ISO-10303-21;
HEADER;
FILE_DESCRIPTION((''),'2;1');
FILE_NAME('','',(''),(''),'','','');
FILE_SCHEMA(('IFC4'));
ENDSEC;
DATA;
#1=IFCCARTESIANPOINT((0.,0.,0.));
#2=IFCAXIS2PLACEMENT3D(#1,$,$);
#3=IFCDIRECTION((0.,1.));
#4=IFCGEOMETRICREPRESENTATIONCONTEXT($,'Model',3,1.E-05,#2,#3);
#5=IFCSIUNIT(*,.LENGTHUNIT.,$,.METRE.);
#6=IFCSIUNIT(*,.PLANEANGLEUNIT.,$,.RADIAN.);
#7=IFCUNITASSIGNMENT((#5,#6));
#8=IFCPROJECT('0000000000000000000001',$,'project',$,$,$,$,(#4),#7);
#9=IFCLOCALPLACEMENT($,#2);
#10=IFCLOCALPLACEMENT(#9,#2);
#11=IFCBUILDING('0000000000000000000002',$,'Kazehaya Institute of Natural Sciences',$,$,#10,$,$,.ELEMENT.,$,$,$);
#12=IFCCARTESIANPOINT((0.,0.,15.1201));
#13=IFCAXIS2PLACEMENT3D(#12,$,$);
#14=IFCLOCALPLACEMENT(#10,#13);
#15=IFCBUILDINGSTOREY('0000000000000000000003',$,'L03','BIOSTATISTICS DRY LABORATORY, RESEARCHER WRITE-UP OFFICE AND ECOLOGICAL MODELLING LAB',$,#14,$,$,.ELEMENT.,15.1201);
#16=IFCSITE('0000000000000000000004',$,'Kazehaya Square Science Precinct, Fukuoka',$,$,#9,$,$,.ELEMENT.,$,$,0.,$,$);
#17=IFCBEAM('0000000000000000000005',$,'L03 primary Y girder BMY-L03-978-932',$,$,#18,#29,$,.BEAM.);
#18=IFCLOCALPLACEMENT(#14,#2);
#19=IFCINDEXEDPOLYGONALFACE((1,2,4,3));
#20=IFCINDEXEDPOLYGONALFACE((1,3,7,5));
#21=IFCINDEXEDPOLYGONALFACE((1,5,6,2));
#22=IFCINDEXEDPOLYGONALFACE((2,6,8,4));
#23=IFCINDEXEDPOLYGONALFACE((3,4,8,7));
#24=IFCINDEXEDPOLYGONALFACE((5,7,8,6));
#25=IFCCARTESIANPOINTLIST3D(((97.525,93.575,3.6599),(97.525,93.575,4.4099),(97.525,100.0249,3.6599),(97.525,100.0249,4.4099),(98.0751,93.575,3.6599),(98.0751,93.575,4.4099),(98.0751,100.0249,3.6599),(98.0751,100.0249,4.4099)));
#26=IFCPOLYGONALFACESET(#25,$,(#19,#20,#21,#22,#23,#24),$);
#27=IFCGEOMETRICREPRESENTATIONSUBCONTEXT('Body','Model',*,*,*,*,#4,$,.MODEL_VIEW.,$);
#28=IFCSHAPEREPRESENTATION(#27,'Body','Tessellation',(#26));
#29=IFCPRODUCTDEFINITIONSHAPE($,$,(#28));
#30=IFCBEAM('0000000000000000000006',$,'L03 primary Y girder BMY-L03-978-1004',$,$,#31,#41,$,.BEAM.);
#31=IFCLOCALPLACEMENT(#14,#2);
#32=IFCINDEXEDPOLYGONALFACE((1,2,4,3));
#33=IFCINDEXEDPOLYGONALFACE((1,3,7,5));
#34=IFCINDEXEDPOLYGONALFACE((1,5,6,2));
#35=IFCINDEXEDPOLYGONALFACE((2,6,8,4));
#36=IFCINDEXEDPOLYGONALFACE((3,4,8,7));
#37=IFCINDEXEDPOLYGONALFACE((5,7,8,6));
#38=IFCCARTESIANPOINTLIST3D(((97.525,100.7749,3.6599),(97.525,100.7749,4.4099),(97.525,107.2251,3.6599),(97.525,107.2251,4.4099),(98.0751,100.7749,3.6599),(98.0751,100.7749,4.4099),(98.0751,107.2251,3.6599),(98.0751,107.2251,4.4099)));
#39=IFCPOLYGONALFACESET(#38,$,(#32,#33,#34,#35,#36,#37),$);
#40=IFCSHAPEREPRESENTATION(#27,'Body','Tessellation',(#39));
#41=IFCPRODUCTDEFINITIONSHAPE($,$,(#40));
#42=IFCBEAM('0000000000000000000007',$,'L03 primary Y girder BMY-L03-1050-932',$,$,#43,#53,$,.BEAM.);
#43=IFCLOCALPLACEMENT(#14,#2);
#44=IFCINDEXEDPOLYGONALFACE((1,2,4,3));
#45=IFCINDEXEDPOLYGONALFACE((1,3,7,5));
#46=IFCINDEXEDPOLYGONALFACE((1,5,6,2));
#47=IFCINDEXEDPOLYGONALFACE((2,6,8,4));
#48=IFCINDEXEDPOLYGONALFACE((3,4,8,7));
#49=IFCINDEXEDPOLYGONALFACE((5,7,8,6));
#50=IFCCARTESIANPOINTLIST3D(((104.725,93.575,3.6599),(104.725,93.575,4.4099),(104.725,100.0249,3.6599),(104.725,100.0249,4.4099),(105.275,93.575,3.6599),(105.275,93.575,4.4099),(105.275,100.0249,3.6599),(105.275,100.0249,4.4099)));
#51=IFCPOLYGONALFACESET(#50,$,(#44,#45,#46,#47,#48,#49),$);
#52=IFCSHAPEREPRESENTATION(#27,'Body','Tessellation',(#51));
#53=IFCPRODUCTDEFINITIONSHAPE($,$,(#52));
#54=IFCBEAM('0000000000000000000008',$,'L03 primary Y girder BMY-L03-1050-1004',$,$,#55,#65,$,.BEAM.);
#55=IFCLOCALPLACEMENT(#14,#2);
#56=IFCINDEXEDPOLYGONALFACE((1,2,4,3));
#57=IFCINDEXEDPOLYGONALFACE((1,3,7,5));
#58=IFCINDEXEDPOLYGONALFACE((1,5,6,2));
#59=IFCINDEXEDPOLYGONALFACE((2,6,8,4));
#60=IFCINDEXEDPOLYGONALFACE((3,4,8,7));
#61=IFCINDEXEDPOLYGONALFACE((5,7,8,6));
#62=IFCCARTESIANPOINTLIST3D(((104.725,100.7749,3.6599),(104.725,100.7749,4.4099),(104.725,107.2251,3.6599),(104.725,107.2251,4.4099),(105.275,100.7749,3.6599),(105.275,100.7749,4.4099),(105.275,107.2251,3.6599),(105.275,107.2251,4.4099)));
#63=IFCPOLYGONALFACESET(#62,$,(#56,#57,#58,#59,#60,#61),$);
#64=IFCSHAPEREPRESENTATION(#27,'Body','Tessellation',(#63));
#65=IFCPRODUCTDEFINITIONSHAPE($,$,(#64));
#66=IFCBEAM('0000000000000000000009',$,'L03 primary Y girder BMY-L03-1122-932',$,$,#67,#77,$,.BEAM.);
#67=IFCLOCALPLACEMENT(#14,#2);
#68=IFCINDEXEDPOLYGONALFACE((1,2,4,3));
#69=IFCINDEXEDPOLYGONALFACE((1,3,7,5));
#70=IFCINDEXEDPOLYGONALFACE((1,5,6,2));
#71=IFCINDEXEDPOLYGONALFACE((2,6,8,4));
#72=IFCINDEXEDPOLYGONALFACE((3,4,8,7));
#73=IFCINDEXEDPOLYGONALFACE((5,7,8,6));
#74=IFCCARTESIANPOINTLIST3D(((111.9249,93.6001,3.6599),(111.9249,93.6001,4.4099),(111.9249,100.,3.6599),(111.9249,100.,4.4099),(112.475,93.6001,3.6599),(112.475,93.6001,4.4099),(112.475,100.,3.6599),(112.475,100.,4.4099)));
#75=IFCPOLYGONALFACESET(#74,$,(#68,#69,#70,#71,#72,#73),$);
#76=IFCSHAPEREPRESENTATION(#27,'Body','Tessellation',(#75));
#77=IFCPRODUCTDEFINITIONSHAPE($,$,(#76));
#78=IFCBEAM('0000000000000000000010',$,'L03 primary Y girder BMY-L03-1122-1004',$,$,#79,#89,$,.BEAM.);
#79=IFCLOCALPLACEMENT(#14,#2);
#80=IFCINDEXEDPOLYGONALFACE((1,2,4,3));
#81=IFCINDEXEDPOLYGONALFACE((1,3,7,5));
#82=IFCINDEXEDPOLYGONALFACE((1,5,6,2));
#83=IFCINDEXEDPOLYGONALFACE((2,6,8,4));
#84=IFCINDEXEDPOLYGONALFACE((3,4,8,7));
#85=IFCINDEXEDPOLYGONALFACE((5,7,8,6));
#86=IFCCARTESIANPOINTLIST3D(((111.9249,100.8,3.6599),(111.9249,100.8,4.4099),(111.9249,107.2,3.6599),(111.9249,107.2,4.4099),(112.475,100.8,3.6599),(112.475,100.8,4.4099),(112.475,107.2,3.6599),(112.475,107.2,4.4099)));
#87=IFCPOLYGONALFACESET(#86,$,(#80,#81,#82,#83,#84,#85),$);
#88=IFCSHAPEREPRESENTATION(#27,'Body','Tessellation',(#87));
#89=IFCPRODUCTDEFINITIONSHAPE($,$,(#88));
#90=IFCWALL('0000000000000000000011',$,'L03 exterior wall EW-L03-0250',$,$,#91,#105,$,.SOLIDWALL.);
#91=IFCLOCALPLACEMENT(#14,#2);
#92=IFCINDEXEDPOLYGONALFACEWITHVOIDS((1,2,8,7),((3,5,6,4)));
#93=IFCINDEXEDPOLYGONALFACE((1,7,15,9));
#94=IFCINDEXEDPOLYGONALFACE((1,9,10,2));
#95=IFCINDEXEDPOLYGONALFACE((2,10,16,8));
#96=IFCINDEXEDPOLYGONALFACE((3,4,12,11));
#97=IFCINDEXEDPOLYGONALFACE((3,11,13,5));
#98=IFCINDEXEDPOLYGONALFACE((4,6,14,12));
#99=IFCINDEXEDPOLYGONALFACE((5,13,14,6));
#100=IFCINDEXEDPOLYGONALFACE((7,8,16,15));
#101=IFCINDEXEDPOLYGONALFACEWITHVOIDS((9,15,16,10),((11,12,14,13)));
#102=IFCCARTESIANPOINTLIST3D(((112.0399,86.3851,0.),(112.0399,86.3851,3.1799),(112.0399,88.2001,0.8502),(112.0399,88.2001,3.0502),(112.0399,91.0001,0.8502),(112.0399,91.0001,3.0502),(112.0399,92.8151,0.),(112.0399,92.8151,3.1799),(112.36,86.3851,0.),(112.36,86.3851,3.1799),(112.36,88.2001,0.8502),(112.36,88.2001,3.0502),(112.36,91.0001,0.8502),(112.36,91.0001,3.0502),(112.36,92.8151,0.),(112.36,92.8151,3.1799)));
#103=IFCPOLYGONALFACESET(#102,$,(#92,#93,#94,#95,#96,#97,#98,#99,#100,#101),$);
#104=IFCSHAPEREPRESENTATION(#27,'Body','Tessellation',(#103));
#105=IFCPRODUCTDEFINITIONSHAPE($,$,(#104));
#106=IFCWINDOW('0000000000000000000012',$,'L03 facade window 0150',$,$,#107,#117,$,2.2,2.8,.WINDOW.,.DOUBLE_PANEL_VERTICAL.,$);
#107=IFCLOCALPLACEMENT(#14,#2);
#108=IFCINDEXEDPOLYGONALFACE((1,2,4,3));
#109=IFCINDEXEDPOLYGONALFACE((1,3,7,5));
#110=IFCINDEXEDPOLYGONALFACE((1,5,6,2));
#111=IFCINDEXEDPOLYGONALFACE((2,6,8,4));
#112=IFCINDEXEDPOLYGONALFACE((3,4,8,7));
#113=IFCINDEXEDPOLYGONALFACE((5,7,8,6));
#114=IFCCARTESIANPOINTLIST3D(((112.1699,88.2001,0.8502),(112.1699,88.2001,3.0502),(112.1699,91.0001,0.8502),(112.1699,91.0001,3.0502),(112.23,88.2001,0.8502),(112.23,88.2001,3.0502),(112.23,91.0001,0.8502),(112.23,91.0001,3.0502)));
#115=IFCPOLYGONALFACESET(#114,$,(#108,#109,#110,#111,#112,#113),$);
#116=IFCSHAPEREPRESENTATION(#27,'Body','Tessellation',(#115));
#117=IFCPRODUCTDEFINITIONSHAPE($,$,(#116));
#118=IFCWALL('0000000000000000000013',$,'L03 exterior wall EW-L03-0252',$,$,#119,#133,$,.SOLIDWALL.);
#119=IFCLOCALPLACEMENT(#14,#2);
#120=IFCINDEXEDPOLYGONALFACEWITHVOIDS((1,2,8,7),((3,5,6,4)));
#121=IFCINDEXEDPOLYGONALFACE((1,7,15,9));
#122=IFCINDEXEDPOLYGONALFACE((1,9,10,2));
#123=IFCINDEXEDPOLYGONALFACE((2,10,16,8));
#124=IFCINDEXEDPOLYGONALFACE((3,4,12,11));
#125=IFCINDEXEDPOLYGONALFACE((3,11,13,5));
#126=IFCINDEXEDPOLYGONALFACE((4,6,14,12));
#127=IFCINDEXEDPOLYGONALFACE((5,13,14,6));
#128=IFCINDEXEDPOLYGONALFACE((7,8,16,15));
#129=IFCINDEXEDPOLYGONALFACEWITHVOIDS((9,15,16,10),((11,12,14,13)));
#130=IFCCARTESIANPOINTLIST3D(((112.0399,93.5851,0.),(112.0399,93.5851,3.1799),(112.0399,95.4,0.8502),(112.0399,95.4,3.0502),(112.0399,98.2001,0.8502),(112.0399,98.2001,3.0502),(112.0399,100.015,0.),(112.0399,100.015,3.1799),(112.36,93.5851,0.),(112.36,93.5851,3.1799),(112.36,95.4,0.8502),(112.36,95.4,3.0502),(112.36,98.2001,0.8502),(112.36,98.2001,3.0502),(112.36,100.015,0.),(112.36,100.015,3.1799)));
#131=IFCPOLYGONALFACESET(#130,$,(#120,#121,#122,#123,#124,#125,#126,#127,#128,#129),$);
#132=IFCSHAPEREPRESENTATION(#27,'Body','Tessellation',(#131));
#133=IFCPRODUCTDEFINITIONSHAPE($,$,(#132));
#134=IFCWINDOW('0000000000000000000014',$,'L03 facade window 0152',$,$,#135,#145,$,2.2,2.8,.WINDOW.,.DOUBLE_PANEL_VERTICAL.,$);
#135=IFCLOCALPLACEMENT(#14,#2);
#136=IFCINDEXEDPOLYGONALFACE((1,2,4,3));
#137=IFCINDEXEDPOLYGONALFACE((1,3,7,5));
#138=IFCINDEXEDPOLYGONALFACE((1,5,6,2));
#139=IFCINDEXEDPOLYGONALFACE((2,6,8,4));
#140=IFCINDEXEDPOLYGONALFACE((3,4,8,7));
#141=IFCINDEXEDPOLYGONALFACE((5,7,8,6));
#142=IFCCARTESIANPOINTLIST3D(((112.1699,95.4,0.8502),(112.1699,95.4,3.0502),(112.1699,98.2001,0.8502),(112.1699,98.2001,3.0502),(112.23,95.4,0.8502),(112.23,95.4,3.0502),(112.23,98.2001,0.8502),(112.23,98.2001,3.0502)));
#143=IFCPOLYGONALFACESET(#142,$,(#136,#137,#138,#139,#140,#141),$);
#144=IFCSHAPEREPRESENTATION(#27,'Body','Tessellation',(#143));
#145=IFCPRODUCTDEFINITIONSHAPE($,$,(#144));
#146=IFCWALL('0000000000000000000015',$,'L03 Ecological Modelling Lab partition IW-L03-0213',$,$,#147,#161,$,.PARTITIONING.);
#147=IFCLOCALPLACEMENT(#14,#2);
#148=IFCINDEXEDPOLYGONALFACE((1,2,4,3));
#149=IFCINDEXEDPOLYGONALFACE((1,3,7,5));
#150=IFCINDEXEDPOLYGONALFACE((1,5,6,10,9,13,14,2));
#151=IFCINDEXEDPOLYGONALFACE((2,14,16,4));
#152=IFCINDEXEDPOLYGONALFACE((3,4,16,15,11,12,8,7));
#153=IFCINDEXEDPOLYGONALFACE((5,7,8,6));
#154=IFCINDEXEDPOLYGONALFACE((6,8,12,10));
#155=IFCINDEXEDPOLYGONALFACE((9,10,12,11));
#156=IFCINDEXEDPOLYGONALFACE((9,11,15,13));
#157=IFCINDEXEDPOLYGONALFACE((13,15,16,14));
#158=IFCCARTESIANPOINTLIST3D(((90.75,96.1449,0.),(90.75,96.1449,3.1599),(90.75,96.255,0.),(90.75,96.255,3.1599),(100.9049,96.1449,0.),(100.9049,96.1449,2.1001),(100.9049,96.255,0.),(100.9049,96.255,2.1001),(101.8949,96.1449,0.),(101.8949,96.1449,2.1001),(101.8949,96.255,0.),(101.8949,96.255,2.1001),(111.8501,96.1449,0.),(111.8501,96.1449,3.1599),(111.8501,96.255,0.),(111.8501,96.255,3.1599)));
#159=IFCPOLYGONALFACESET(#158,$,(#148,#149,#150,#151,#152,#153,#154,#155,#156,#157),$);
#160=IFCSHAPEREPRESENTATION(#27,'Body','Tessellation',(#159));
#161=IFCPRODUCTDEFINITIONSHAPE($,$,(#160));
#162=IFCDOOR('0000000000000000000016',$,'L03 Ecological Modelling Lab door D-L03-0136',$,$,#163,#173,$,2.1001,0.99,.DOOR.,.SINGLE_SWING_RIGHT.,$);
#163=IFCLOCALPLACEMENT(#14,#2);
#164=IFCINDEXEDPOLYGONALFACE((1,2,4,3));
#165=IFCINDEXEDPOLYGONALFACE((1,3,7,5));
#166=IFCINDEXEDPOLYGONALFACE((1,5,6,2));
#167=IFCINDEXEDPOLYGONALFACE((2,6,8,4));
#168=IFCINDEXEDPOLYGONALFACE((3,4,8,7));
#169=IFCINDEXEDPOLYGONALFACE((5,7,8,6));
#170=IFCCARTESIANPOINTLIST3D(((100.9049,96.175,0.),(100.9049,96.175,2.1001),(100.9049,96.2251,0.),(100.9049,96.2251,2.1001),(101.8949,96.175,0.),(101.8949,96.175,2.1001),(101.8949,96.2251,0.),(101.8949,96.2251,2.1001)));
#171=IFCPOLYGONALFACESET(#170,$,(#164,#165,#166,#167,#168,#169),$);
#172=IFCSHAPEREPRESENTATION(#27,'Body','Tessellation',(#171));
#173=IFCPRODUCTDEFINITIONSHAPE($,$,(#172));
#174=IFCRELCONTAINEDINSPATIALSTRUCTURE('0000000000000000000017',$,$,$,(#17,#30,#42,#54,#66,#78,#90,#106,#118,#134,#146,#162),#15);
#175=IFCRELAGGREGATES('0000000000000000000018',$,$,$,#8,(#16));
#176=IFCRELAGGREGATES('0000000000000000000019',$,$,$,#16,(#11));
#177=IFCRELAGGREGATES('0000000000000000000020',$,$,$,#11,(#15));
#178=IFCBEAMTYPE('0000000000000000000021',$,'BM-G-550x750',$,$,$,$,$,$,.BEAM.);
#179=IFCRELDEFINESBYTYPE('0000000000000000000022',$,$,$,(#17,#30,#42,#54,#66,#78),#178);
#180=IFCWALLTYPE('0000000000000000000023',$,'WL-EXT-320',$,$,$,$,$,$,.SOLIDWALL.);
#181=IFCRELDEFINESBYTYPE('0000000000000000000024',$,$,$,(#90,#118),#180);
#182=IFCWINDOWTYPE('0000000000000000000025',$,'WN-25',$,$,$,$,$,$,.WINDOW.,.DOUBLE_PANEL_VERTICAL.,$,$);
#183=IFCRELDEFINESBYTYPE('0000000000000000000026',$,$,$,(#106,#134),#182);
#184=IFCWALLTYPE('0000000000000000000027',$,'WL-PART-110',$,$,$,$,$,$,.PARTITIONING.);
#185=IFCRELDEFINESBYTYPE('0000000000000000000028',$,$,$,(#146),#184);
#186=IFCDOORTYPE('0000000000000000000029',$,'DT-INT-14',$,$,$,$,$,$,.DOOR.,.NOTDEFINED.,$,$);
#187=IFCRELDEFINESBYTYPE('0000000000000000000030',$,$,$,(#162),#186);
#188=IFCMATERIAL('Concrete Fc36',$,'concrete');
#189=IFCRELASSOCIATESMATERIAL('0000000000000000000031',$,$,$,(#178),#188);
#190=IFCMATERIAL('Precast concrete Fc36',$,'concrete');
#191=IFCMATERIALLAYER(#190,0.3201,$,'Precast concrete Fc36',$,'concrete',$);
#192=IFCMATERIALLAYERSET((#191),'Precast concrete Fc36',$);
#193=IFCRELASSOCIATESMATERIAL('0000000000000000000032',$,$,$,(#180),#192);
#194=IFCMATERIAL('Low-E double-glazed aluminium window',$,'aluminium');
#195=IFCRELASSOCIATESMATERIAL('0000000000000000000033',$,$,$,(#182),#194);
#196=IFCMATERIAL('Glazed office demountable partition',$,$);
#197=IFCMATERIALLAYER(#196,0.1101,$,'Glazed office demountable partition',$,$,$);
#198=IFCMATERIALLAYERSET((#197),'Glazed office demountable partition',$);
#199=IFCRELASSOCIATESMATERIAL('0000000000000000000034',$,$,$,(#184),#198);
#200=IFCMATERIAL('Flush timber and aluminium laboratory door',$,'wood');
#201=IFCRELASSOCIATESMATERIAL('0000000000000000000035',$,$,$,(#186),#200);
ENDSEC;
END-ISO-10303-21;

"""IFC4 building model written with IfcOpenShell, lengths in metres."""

from ifc_helpers import new_model, si_unit, direction, frame, frame_2d, origin, origin_2d, place, context, subcontext, project, spatial, rectangle, extrude, material, layer, layer_set, material_profile, profile_set, type_object, element, fill, save


model = new_model("IFC4")

# Units and contexts
model_context = context("Model", 3, precision=1e-05, world=origin(), true_north=direction((0.0, 1.0)))
body_context = subcontext(model_context, "Body", "Model", "MODEL_VIEW")
ifc_project = project(units=[si_unit("LENGTHUNIT", "METRE"), si_unit("PLANEANGLEUNIT", "RADIAN")], contexts=[model_context])

# Site, building, storey
site_placement = place(None, origin())
site = spatial("IfcSite", under=ifc_project, at=site_placement, Name="Kazehaya Square Science Precinct, Fukuoka", CompositionType="ELEMENT", RefElevation=0.0)
building_placement = place(site_placement, origin())
building = spatial("IfcBuilding", under=site, at=building_placement, Name="Kazehaya Institute of Natural Sciences", CompositionType="ELEMENT")
storey_placement = place(building_placement, frame((0.0, 0.0, 15.1201)))
storey = spatial("IfcBuildingStorey", under=building, at=storey_placement, Name="L03", Description="BIOSTATISTICS DRY LABORATORY, RESEARCHER WRITE-UP OFFICE AND ECOLOGICAL MODELLING LAB", CompositionType="ELEMENT", Elevation=15.1201)

# Beams
ifc_material_1 = material(Name="Concrete Fc36", Category="concrete")
ifc_material_profile_1 = material_profile(ifc_material_1, rectangle(XDim=0.55, YDim=0.75, at=origin_2d()), Name="RC-550x750")
ifc_profile_set_1 = profile_set([ifc_material_profile_1], Name="Concrete Fc36")
beam_type = type_object("IfcBeamType", Name="BM-G-550x750", PredefinedType="BEAM", material=ifc_profile_set_1)
beam_1_placement = place(storey_placement, frame((97.8, 93.575, 4.0349), z_axis=(0.0, 1.0, 0.0), x_axis=(-1.0, 0.0, 0.0)))
element("IfcBeam", 1, at=beam_1_placement, inside=storey, type_object=beam_type, Name="L03 primary Y girder BMY-L03-978-932", PredefinedType="BEAM", context=body_context, shape_type="SweptSolid", body=[
    extrude(rectangle(XDim=0.55, YDim=0.75, at=origin_2d()), origin(), (0.0, 0.0, 1.0), 6.45),
])
beam_2_placement = place(storey_placement, frame((97.8, 100.7749, 4.0349), z_axis=(0.0, 1.0, 0.0), x_axis=(-1.0, 0.0, 0.0)))
element("IfcBeam", 2, at=beam_2_placement, inside=storey, type_object=beam_type, Name="L03 primary Y girder BMY-L03-978-1004", PredefinedType="BEAM", context=body_context, shape_type="SweptSolid", body=[
    extrude(rectangle(XDim=0.55, YDim=0.75, at=origin_2d()), origin(), (0.0, 0.0, 1.0), 6.4502),
])
beam_3_placement = place(storey_placement, frame((105.0, 93.575, 4.0349), z_axis=(0.0, 1.0, 0.0), x_axis=(-1.0, 0.0, 0.0)))
element("IfcBeam", 3, at=beam_3_placement, inside=storey, type_object=beam_type, Name="L03 primary Y girder BMY-L03-1050-932", PredefinedType="BEAM", context=body_context, shape_type="SweptSolid", body=[
    extrude(rectangle(XDim=0.55, YDim=0.75, at=origin_2d()), origin(), (0.0, 0.0, 1.0), 6.45),
])
beam_4_placement = place(storey_placement, frame((105.0, 100.7749, 4.0349), z_axis=(0.0, 1.0, 0.0), x_axis=(-1.0, 0.0, 0.0)))
element("IfcBeam", 4, at=beam_4_placement, inside=storey, type_object=beam_type, Name="L03 primary Y girder BMY-L03-1050-1004", PredefinedType="BEAM", context=body_context, shape_type="SweptSolid", body=[
    extrude(rectangle(XDim=0.55, YDim=0.75, at=origin_2d()), origin(), (0.0, 0.0, 1.0), 6.4502),
])
for number, where, z_axis, x_axis, name in (
    (5, (112.2, 93.6001, 4.0349), (0.0, 1.0, 0.0), (-1.0, 0.0, 0.0), "L03 primary Y girder BMY-L03-1122-932"),
    (6, (112.2, 100.8, 4.0349), (0.0, 1.0, 0.0), (-1.0, 0.0, 0.0), "L03 primary Y girder BMY-L03-1122-1004"),
):
    element("IfcBeam", number, at=place(storey_placement, frame(where, z_axis=z_axis, x_axis=x_axis)), inside=storey, type_object=beam_type, Name=name, PredefinedType="BEAM", context=body_context, shape_type="SweptSolid", body=[
        extrude(rectangle(XDim=0.55, YDim=0.75, at=origin_2d()), origin(), (0.0, 0.0, 1.0), 6.3999),
    ])

# Walls, openings, windows
ifc_material_2 = material(Name="Precast concrete Fc36", Category="concrete")
ifc_layer_1 = layer(ifc_material_2, 0.3201, Name="Precast concrete Fc36", Category="concrete")
ifc_layer_set_1 = layer_set([ifc_layer_1], Name="Precast concrete Fc36")
wall_type_1 = type_object("IfcWallType", Name="WL-EXT-320", PredefinedType="SOLIDWALL", material=ifc_layer_set_1)
wall_1_placement = place(storey_placement, frame((112.2, 92.8149, 0.0), z_axis=(0.0, 0.0, 1.0), x_axis=(0.0, -1.0, 0.0)))
wall_1 = element("IfcWall", 7, at=wall_1_placement, inside=storey, type_object=wall_type_1, Name="L03 exterior wall EW-L03-0250", PredefinedType="SOLIDWALL", context=body_context, shape_type="SweptSolid", body=[
    extrude(rectangle(XDim=6.4299, YDim=0.3201, at=frame_2d((3.2148, 0.0))), origin(), (0.0, 0.0, 1.0), 3.1799),
])
opening_1_placement = place(wall_1_placement, frame((1.8149, 0.0, 0.8501)))
opening_1 = element("IfcOpeningElement", 8, at=opening_1_placement, cuts=wall_1, PredefinedType="OPENING", context=body_context, shape_type="SweptSolid", body=[
    extrude(rectangle(XDim=2.8, YDim=2.2, at=frame_2d((1.3999, 1.1001))), frame((0.0, 0.1699, 0.0), z_axis=(0.0, -1.0, 0.0), x_axis=(1.0, 0.0, 0.0)), (0.0, 0.0, 1.0), 0.3401),
])
ifc_material_3 = material(Name="Low-E double-glazed aluminium window", Category="aluminium")
window_type = type_object("IfcWindowType", Name="WN-25", PartitioningType="DOUBLE_PANEL_VERTICAL", PredefinedType="WINDOW", material=ifc_material_3)
window_1_placement = place(opening_1_placement, origin())
window_1 = element("IfcWindow", 9, at=window_1_placement, inside=storey, type_object=window_type, Name="L03 facade window 0150", OverallHeight=2.2, OverallWidth=2.8, PartitioningType="DOUBLE_PANEL_VERTICAL", PredefinedType="WINDOW", context=body_context, shape_type="SweptSolid", body=[
    extrude(rectangle(XDim=2.8, YDim=2.2, at=frame_2d((1.3999, 1.1001))), frame((0.0, 0.03, 0.0), z_axis=(0.0, -1.0, 0.0), x_axis=(1.0, 0.0, 0.0)), (0.0, 0.0, 1.0), 0.0601),
])
fill(opening_1, window_1)
wall_2_placement = place(storey_placement, frame((112.2, 100.0149, 0.0), z_axis=(0.0, 0.0, 1.0), x_axis=(0.0, -1.0, 0.0)))
wall_2 = element("IfcWall", 10, at=wall_2_placement, inside=storey, type_object=wall_type_1, Name="L03 exterior wall EW-L03-0252", PredefinedType="SOLIDWALL", context=body_context, shape_type="SweptSolid", body=[
    extrude(rectangle(XDim=6.4299, YDim=0.3201, at=frame_2d((3.2148, 0.0))), origin(), (0.0, 0.0, 1.0), 3.1799),
])
opening_2_placement = place(wall_2_placement, frame((1.8149, 0.0, 0.8501)))
opening_2 = element("IfcOpeningElement", 11, at=opening_2_placement, cuts=wall_2, PredefinedType="OPENING", context=body_context, shape_type="SweptSolid", body=[
    extrude(rectangle(XDim=2.8, YDim=2.2, at=frame_2d((1.3999, 1.1001))), frame((0.0, 0.1699, 0.0), z_axis=(0.0, -1.0, 0.0), x_axis=(1.0, 0.0, 0.0)), (0.0, 0.0, 1.0), 0.3401),
])
window_2_placement = place(opening_2_placement, origin())
window_2 = element("IfcWindow", 12, at=window_2_placement, inside=storey, type_object=window_type, Name="L03 facade window 0152", OverallHeight=2.2, OverallWidth=2.8, PartitioningType="DOUBLE_PANEL_VERTICAL", PredefinedType="WINDOW", context=body_context, shape_type="SweptSolid", body=[
    extrude(rectangle(XDim=2.8, YDim=2.2, at=frame_2d((1.3999, 1.1001))), frame((0.0, 0.03, 0.0), z_axis=(0.0, -1.0, 0.0), x_axis=(1.0, 0.0, 0.0)), (0.0, 0.0, 1.0), 0.0601),
])
fill(opening_2, window_2)

# Wall, opening, door
ifc_material_4 = material(Name="Glazed office demountable partition")
ifc_layer_2 = layer(ifc_material_4, 0.1101, Name="Glazed office demountable partition")
ifc_layer_set_2 = layer_set([ifc_layer_2], Name="Glazed office demountable partition")
wall_type_2 = type_object("IfcWallType", Name="WL-PART-110", PredefinedType="PARTITIONING", material=ifc_layer_set_2)
wall_3_placement = place(storey_placement, frame((111.8501, 96.2, 0.0), z_axis=(0.0, 0.0, 1.0), x_axis=(-1.0, 0.0, 0.0)))
wall_3 = element("IfcWall", 13, at=wall_3_placement, inside=storey, type_object=wall_type_2, Name="L03 Ecological Modelling Lab partition IW-L03-0213", PredefinedType="PARTITIONING", context=body_context, shape_type="SweptSolid", body=[
    extrude(rectangle(XDim=21.1001, YDim=0.1101, at=frame_2d((10.55, 0.0))), origin(), (0.0, 0.0, 1.0), 3.1599),
])
opening_3_placement = place(wall_3_placement, frame((9.9551, 0.0, 0.0)))
opening_3 = element("IfcOpeningElement", 14, at=opening_3_placement, cuts=wall_3, PredefinedType="OPENING", context=body_context, shape_type="SweptSolid", body=[
    extrude(rectangle(XDim=0.99, YDim=2.1001, at=frame_2d((0.4951, 1.05))), frame((0.0, 0.0649, 0.0), z_axis=(0.0, -1.0, 0.0), x_axis=(1.0, 0.0, 0.0)), (0.0, 0.0, 1.0), 0.1301),
])
ifc_material_5 = material(Name="Flush timber and aluminium laboratory door", Category="wood")
door_type_1 = type_object("IfcDoorType", Name="DT-INT-14", OperationType="NOTDEFINED", PredefinedType="DOOR", material=ifc_material_5)
door_1_placement = place(opening_3_placement, origin())
door_1 = element("IfcDoor", 15, at=door_1_placement, inside=storey, type_object=door_type_1, Name="L03 Ecological Modelling Lab door D-L03-0136", OperationType="SINGLE_SWING_RIGHT", OverallHeight=2.1001, OverallWidth=0.99, PredefinedType="DOOR", context=body_context, shape_type="SweptSolid", body=[
    extrude(rectangle(XDim=0.99, YDim=2.1001, at=frame_2d((0.4951, 1.05))), frame((0.0, 0.0249, 0.0), z_axis=(0.0, -1.0, 0.0), x_axis=(1.0, 0.0, 0.0)), (0.0, 0.0, 1.0), 0.05),
])
fill(opening_3, door_1)

save(model, "model.ifc")
